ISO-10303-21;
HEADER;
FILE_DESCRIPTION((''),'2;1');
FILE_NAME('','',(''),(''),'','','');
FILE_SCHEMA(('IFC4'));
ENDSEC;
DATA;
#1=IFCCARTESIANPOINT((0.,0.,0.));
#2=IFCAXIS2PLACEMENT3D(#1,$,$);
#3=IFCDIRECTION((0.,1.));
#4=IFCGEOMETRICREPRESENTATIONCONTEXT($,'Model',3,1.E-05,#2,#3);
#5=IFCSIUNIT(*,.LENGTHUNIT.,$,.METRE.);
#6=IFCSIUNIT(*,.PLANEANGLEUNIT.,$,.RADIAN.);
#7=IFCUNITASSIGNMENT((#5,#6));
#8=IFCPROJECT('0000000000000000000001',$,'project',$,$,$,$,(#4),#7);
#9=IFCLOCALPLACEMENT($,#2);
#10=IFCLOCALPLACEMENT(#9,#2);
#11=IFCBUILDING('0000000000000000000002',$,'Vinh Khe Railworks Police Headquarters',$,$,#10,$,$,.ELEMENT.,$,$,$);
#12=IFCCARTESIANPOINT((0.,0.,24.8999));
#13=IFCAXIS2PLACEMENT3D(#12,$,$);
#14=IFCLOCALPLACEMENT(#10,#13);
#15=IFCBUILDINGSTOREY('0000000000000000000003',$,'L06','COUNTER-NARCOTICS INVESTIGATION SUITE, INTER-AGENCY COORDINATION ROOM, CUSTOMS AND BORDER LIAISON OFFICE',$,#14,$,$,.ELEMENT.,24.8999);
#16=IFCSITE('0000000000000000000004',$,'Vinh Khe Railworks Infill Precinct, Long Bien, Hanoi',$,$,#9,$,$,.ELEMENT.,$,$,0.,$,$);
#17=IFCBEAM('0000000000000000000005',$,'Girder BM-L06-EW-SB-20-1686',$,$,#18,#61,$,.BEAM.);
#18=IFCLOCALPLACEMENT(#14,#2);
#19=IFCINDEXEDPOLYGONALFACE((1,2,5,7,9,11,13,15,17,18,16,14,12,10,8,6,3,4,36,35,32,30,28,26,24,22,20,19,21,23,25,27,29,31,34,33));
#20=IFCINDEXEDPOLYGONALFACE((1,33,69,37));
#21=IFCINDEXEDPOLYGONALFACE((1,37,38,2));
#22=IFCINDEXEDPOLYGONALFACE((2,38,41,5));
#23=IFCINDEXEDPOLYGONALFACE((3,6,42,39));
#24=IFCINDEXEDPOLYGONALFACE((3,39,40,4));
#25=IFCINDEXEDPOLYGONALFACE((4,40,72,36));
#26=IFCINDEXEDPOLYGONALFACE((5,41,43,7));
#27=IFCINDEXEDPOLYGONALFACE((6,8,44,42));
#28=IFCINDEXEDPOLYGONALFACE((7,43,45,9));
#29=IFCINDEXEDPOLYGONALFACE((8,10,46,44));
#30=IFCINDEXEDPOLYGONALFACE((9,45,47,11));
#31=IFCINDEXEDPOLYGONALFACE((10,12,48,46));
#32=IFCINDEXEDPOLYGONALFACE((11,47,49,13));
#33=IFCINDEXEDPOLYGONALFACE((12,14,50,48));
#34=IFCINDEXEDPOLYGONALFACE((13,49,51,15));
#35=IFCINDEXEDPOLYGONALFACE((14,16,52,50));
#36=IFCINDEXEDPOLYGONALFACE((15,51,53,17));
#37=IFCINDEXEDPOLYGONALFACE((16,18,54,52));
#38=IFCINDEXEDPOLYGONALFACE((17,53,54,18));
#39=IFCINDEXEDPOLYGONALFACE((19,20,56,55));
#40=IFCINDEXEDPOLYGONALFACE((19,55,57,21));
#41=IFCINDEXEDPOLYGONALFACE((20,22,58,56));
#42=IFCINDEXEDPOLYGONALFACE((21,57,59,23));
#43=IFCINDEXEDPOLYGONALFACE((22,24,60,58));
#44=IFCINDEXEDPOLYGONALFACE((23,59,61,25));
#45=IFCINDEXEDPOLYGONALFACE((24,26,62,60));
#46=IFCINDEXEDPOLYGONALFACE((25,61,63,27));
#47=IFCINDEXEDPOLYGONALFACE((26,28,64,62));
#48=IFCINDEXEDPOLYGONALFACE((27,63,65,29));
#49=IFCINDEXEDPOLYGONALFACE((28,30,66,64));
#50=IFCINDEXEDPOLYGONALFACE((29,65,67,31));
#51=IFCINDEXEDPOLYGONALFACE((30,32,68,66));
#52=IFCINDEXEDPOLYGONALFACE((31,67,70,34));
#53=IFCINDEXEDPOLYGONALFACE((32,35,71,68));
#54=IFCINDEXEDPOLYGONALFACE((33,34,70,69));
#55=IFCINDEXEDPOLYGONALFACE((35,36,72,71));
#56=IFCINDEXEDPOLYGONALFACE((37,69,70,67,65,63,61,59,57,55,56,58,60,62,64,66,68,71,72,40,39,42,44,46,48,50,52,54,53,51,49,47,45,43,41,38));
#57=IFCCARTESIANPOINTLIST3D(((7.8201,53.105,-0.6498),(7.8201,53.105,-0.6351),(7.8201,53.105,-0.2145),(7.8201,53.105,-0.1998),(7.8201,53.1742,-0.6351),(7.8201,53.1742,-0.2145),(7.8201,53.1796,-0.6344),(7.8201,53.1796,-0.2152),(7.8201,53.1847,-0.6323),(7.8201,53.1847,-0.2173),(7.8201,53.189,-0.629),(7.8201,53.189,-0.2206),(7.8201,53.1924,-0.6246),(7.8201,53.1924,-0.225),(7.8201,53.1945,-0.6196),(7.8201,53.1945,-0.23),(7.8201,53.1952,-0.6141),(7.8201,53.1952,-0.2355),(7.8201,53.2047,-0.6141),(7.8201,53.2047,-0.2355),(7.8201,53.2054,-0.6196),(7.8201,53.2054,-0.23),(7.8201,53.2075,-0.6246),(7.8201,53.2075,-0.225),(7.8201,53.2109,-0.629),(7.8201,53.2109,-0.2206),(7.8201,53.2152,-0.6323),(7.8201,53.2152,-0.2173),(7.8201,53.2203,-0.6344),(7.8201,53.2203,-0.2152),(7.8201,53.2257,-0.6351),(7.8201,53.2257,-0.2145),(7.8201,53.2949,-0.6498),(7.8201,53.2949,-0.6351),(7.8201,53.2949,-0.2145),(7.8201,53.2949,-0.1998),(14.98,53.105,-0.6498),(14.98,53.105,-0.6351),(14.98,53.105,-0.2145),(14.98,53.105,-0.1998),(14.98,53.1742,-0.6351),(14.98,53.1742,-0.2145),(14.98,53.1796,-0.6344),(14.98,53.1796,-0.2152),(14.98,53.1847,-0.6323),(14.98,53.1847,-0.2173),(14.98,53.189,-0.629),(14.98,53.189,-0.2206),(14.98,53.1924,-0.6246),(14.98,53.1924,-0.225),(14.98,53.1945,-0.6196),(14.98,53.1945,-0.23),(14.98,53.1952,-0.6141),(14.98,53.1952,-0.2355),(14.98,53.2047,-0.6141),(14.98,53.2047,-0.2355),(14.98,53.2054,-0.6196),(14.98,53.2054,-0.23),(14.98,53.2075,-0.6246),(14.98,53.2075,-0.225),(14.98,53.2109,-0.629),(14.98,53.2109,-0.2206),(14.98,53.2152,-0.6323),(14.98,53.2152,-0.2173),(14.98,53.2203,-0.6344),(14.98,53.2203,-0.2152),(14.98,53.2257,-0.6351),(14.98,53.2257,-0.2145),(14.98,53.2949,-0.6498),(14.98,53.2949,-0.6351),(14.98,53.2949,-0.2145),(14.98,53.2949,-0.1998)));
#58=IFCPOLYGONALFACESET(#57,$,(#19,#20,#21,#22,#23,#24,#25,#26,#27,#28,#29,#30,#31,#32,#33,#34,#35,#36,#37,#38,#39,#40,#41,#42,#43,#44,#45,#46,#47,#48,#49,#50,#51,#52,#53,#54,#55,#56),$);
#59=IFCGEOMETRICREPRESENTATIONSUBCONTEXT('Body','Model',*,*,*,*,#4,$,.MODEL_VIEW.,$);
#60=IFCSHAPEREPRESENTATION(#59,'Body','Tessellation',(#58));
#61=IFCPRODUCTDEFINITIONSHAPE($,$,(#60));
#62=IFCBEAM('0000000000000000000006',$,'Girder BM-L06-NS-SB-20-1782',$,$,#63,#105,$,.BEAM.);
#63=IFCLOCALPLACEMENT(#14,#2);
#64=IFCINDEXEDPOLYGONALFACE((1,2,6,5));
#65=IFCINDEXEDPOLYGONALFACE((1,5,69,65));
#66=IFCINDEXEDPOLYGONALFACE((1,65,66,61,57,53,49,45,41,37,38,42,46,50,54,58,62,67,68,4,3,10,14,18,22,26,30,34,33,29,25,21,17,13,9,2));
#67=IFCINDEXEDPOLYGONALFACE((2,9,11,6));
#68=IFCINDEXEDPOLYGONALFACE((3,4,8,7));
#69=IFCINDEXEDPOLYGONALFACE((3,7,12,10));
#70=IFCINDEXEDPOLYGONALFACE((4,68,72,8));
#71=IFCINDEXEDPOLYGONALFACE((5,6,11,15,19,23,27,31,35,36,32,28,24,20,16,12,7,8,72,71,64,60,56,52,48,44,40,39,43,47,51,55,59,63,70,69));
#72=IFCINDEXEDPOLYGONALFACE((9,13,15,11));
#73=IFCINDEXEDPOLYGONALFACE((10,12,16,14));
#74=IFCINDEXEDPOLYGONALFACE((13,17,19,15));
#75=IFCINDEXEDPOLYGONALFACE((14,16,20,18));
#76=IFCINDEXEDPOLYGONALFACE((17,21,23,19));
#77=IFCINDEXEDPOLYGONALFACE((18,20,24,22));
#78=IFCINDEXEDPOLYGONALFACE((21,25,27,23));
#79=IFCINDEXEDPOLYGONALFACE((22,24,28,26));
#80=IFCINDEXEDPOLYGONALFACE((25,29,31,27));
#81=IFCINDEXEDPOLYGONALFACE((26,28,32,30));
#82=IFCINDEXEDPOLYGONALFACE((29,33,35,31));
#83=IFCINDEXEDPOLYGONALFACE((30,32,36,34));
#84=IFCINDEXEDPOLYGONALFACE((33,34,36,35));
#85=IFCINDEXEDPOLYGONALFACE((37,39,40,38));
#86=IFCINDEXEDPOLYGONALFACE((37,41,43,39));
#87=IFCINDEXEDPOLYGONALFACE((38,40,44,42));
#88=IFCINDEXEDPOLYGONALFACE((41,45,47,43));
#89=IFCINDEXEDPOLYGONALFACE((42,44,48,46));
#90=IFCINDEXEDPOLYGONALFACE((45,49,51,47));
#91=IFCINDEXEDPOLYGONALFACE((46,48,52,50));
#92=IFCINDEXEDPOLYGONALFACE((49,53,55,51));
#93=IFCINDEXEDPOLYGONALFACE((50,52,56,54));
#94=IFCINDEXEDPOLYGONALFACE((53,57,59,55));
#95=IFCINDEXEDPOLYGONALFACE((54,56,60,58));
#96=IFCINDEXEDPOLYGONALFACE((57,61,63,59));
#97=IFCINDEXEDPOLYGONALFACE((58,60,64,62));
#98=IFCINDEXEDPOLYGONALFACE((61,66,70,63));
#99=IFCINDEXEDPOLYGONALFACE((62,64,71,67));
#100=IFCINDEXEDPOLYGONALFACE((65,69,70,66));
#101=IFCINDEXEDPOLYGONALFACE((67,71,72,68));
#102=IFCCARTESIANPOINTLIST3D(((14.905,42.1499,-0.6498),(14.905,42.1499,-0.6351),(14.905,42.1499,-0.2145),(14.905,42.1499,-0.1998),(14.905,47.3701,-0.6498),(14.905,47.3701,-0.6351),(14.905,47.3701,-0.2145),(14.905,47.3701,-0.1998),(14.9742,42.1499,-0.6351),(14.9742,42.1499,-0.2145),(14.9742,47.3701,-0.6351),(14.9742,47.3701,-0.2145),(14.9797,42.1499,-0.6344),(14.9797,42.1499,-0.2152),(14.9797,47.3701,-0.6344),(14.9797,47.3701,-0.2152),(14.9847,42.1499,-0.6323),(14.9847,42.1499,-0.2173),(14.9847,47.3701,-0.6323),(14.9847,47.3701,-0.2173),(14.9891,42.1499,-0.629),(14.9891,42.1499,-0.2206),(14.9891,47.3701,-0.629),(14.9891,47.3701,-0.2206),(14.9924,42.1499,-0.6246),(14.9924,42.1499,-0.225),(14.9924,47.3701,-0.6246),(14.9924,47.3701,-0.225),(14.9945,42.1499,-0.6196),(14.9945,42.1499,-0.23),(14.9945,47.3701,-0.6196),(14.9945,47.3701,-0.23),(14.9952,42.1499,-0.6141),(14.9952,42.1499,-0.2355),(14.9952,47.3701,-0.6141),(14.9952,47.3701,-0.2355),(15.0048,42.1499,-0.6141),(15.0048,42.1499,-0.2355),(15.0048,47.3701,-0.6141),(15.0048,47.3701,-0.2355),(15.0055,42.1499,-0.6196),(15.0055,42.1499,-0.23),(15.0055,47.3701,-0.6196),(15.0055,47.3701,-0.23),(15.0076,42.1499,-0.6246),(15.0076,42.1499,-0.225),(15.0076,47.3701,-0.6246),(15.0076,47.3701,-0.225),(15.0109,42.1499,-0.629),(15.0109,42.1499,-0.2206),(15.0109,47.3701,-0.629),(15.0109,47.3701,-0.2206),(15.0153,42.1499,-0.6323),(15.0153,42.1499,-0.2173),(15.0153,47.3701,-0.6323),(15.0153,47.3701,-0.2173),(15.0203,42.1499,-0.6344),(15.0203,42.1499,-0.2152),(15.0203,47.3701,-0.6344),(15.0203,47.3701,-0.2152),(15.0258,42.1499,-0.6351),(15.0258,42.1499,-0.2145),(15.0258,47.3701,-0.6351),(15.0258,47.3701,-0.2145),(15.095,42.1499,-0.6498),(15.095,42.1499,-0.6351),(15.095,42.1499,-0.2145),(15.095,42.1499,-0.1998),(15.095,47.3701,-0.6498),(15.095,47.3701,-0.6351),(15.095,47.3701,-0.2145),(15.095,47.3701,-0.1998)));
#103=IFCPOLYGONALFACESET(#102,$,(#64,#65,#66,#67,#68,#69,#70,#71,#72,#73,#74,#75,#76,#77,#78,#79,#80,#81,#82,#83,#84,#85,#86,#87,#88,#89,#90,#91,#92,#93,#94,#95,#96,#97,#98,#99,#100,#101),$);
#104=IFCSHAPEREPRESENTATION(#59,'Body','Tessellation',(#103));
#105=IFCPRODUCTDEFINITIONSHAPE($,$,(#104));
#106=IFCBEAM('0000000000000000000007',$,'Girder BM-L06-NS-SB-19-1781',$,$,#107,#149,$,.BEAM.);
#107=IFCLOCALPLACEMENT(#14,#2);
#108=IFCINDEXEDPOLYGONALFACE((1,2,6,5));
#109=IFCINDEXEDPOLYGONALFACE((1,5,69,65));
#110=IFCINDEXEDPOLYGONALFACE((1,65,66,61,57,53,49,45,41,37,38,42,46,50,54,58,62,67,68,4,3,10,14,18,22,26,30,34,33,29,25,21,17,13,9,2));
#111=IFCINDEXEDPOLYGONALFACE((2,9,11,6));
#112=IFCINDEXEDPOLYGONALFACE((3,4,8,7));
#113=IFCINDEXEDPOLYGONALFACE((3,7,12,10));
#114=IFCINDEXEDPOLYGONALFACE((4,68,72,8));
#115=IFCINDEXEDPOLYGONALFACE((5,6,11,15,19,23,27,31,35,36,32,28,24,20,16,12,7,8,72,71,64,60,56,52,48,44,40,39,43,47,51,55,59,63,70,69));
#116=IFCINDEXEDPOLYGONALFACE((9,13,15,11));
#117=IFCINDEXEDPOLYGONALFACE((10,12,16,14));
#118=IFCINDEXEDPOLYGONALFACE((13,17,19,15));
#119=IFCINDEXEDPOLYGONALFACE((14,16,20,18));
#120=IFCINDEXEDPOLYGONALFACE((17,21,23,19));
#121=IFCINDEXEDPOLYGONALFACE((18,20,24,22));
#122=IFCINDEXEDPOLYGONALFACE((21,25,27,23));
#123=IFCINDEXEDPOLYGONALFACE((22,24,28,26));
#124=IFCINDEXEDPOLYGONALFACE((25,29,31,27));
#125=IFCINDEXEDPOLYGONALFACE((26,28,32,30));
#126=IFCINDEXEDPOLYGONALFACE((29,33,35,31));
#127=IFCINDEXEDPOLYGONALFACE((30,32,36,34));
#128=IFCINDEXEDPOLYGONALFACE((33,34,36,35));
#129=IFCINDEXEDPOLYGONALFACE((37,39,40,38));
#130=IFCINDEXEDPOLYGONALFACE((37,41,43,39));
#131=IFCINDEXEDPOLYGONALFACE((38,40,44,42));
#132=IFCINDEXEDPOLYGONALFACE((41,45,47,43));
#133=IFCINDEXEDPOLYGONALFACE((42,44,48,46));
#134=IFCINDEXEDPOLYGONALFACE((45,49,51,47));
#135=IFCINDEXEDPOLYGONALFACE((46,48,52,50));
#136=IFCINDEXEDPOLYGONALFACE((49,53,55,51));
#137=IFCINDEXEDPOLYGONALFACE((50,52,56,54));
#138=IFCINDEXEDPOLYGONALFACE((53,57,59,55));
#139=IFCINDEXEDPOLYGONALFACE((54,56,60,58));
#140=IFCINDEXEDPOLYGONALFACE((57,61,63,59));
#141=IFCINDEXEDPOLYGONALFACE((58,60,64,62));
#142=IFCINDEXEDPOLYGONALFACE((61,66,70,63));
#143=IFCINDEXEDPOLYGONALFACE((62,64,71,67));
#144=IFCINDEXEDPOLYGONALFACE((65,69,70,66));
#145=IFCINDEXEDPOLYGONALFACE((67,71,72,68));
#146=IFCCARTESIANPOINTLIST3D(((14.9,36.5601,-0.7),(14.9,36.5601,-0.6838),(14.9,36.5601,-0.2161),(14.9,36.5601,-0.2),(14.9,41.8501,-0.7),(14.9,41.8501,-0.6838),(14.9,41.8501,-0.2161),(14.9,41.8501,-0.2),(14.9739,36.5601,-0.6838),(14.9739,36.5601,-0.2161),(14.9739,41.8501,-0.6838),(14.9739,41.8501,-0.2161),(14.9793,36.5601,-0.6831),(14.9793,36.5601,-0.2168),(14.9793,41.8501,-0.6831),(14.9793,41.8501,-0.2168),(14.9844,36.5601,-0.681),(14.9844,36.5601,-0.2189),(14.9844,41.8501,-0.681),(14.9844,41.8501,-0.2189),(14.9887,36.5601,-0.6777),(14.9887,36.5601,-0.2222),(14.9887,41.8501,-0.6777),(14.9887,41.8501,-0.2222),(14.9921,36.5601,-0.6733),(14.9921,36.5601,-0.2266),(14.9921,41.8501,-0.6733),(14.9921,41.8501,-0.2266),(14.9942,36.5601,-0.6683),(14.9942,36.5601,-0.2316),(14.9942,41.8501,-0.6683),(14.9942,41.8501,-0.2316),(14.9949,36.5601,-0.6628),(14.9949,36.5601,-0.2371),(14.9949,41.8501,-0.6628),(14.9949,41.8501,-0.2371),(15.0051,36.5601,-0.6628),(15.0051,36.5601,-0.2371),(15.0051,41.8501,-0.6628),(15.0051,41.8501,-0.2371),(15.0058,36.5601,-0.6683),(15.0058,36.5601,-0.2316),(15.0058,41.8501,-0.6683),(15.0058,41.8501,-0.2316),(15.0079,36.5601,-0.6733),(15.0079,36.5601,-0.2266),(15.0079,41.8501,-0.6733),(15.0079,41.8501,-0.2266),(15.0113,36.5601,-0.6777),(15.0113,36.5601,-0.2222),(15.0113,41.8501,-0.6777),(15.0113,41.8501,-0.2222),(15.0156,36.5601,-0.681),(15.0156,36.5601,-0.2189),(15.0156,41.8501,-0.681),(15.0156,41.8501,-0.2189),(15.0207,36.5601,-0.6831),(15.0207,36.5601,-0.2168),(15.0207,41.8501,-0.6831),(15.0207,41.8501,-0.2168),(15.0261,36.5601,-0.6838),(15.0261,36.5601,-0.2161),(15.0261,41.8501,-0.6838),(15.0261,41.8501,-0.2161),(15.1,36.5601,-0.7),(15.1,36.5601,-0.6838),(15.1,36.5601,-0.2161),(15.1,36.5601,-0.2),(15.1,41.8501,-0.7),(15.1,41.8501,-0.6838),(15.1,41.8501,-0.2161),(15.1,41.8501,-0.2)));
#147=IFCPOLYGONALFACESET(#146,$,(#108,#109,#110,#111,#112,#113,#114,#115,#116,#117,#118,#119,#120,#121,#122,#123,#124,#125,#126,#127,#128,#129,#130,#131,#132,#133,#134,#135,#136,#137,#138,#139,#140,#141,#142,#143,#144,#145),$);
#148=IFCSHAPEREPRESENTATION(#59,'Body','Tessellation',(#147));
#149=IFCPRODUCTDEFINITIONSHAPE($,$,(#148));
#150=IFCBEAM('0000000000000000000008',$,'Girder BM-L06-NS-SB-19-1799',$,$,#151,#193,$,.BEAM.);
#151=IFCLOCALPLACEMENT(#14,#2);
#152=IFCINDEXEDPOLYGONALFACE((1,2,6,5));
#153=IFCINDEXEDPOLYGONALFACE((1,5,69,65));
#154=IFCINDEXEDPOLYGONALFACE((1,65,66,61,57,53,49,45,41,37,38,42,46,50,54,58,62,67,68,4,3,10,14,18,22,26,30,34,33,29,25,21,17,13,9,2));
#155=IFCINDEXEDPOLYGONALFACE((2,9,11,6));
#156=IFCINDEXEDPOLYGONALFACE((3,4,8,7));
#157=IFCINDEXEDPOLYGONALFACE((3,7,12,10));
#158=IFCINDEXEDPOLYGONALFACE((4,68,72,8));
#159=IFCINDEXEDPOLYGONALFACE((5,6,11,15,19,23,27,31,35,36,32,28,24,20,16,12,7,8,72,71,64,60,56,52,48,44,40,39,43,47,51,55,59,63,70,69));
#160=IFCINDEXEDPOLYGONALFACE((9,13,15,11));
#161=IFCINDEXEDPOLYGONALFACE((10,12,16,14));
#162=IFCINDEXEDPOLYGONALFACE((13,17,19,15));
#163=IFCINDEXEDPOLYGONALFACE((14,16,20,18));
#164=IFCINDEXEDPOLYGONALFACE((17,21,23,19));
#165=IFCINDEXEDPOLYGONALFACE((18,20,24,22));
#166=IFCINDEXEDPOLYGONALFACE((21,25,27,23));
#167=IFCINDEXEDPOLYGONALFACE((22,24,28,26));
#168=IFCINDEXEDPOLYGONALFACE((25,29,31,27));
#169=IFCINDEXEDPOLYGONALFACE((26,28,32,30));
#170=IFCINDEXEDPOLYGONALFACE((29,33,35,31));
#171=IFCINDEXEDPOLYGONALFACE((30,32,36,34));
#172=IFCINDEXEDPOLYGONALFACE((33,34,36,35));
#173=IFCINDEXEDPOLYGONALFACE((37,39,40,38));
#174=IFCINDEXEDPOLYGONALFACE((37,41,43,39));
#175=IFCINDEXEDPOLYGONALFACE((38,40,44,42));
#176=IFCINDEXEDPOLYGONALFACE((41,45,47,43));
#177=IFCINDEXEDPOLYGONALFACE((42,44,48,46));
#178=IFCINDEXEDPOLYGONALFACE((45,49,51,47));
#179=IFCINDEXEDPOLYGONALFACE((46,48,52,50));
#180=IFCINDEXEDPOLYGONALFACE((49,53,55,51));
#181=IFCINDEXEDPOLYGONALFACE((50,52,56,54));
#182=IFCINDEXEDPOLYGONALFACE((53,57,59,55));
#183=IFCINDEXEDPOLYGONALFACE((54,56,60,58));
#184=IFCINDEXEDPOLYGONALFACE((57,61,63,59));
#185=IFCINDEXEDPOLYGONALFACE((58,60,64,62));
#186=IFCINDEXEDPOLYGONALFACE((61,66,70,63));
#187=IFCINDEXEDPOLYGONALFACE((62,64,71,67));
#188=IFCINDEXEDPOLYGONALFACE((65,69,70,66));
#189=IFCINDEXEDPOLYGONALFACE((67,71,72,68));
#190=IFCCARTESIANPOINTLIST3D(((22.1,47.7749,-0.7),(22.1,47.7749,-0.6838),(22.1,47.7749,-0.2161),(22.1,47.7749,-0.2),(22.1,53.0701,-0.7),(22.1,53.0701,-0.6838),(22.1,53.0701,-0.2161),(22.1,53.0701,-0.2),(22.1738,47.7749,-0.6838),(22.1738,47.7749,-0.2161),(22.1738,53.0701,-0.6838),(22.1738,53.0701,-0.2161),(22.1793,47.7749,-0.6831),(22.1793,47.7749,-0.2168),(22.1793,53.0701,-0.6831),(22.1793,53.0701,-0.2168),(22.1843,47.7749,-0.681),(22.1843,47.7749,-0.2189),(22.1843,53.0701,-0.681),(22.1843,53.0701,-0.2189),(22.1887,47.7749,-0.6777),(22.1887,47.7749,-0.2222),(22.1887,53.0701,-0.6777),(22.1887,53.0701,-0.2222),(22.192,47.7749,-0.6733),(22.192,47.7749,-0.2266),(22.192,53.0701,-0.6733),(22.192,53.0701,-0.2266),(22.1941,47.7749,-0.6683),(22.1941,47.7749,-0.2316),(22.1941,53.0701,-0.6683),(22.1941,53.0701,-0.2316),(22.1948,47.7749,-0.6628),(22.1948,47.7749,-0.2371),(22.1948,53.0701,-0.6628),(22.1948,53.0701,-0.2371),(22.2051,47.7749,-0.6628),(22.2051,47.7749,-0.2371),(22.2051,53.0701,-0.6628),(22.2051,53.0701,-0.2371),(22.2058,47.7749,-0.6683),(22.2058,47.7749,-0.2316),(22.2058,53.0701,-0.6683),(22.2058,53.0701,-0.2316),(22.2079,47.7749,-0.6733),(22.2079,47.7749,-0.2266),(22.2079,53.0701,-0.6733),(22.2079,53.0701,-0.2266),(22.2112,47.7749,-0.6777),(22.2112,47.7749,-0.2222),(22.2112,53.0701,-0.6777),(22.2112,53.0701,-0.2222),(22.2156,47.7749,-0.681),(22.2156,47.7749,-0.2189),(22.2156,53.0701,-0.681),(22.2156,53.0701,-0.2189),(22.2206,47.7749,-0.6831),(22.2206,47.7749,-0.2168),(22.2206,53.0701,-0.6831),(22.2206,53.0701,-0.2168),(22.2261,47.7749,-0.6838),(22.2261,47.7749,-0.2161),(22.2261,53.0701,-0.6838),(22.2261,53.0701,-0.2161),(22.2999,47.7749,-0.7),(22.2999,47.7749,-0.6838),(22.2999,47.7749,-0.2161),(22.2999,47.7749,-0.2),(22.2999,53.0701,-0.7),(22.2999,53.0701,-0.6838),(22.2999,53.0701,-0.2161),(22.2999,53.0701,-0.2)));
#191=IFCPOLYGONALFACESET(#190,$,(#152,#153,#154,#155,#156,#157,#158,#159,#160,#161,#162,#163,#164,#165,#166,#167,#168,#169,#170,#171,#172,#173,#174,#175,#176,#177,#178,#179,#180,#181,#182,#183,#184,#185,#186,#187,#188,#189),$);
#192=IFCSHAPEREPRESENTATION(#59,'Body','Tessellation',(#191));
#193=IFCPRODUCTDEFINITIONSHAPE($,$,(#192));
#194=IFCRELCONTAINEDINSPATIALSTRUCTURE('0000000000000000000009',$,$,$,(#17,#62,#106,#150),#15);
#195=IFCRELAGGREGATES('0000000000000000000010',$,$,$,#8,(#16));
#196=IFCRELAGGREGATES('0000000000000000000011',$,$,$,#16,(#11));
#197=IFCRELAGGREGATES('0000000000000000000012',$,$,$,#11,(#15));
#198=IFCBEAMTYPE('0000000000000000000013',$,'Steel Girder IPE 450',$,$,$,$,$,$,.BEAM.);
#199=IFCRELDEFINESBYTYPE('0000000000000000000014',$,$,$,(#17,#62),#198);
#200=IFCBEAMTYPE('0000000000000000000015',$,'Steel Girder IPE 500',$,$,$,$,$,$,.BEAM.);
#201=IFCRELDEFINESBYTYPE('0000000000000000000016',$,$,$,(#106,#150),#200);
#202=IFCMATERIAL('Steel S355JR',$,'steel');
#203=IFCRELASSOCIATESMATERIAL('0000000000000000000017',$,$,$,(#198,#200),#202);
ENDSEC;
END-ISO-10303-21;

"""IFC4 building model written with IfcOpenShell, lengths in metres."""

from ifc_helpers import new_model, si_unit, direction, frame, origin, origin_2d, place, context, subcontext, project, spatial, i_section, extrude, material, material_profile, profile_set, type_object, element, save


model = new_model("IFC4")

# Units and contexts
model_context = context("Model", 3, precision=1e-05, world=origin(), true_north=direction((0.0, 1.0)))
body_context = subcontext(model_context, "Body", "Model", "MODEL_VIEW")
ifc_project = project(units=[si_unit("LENGTHUNIT", "METRE"), si_unit("PLANEANGLEUNIT", "RADIAN")], contexts=[model_context])

# Site, building, storey
site_placement = place(None, origin())
site = spatial("IfcSite", under=ifc_project, at=site_placement, Name="Vinh Khe Railworks Infill Precinct, Long Bien, Hanoi", CompositionType="ELEMENT", RefElevation=0.0)
building_placement = place(site_placement, origin())
building = spatial("IfcBuilding", under=site, at=building_placement, Name="Vinh Khe Railworks Police Headquarters", CompositionType="ELEMENT")
storey_placement = place(building_placement, frame((0.0, 0.0, 24.8999)))
storey = spatial("IfcBuildingStorey", under=building, at=storey_placement, Name="L06", Description="COUNTER-NARCOTICS INVESTIGATION SUITE, INTER-AGENCY COORDINATION ROOM, CUSTOMS AND BORDER LIAISON OFFICE", CompositionType="ELEMENT", Elevation=24.8999)

# Shared definitions
ifc_material_1 = material(Name="Steel S355JR", Category="steel")

# Beams
ifc_material_profile_1 = material_profile(ifc_material_1, i_section(OverallWidth=0.1899, OverallDepth=0.45, WebThickness=0.0095, FlangeThickness=0.0146, FilletRadius=0.021, at=origin_2d()), Name="IPE 450")
ifc_profile_set_1 = profile_set([ifc_material_profile_1], Name="Steel S355JR")
beam_type_1 = type_object("IfcBeamType", Name="Steel Girder IPE 450", PredefinedType="BEAM", material=ifc_profile_set_1)
for number, where, z_axis, x_axis, name in (
    (1, (7.8201, 53.2, -0.4248), (1.0, 0.0, 0.0), (0.0, 1.0, 0.0), "Girder BM-L06-EW-SB-20-1686"),
):
    element("IfcBeam", number, at=place(storey_placement, frame(where, z_axis=z_axis, x_axis=x_axis)), inside=storey, type_object=beam_type_1, Name=name, PredefinedType="BEAM", context=body_context, shape_type="SweptSolid", body=[
        extrude(i_section(OverallWidth=0.1899, OverallDepth=0.45, WebThickness=0.0095, FlangeThickness=0.0146, FilletRadius=0.021, at=origin_2d()), origin(), (0.0, 0.0, 1.0), 7.1599),
    ])
beam_1_placement = place(storey_placement, frame((15.0, 42.1499, -0.4248), z_axis=(0.0, 1.0, 0.0), x_axis=(-1.0, 0.0, 0.0)))
element("IfcBeam", 2, at=beam_1_placement, inside=storey, type_object=beam_type_1, Name="Girder BM-L06-NS-SB-20-1782", PredefinedType="BEAM", context=body_context, shape_type="SweptSolid", body=[
    extrude(i_section(OverallWidth=0.1899, OverallDepth=0.45, WebThickness=0.0095, FlangeThickness=0.0146, FilletRadius=0.021, at=origin_2d()), origin(), (0.0, 0.0, 1.0), 5.2202),
])
ifc_material_profile_2 = material_profile(ifc_material_1, i_section(OverallWidth=0.2, OverallDepth=0.5, WebThickness=0.0103, FlangeThickness=0.0161, FilletRadius=0.021, at=origin_2d()), Name="IPE 500")
ifc_profile_set_2 = profile_set([ifc_material_profile_2], Name="Steel S355JR")
beam_type_2 = type_object("IfcBeamType", Name="Steel Girder IPE 500", PredefinedType="BEAM", material=ifc_profile_set_2)
beam_2_placement = place(storey_placement, frame((15.0, 36.5601, -0.45), z_axis=(0.0, 1.0, 0.0), x_axis=(-1.0, 0.0, 0.0)))
element("IfcBeam", 3, at=beam_2_placement, inside=storey, type_object=beam_type_2, Name="Girder BM-L06-NS-SB-19-1781", PredefinedType="BEAM", context=body_context, shape_type="SweptSolid", body=[
    extrude(i_section(OverallWidth=0.2, OverallDepth=0.5, WebThickness=0.0103, FlangeThickness=0.0161, FilletRadius=0.021, at=origin_2d()), origin(), (0.0, 0.0, 1.0), 5.29),
])
beam_3_placement = place(storey_placement, frame((22.2, 47.7749, -0.45), z_axis=(0.0, 1.0, 0.0), x_axis=(-1.0, 0.0, 0.0)))
element("IfcBeam", 4, at=beam_3_placement, inside=storey, type_object=beam_type_2, Name="Girder BM-L06-NS-SB-19-1799", PredefinedType="BEAM", context=body_context, shape_type="SweptSolid", body=[
    extrude(i_section(OverallWidth=0.2, OverallDepth=0.5, WebThickness=0.0103, FlangeThickness=0.0161, FilletRadius=0.021, at=origin_2d()), origin(), (0.0, 0.0, 1.0), 5.2952),
])

save(model, "model.ifc")
